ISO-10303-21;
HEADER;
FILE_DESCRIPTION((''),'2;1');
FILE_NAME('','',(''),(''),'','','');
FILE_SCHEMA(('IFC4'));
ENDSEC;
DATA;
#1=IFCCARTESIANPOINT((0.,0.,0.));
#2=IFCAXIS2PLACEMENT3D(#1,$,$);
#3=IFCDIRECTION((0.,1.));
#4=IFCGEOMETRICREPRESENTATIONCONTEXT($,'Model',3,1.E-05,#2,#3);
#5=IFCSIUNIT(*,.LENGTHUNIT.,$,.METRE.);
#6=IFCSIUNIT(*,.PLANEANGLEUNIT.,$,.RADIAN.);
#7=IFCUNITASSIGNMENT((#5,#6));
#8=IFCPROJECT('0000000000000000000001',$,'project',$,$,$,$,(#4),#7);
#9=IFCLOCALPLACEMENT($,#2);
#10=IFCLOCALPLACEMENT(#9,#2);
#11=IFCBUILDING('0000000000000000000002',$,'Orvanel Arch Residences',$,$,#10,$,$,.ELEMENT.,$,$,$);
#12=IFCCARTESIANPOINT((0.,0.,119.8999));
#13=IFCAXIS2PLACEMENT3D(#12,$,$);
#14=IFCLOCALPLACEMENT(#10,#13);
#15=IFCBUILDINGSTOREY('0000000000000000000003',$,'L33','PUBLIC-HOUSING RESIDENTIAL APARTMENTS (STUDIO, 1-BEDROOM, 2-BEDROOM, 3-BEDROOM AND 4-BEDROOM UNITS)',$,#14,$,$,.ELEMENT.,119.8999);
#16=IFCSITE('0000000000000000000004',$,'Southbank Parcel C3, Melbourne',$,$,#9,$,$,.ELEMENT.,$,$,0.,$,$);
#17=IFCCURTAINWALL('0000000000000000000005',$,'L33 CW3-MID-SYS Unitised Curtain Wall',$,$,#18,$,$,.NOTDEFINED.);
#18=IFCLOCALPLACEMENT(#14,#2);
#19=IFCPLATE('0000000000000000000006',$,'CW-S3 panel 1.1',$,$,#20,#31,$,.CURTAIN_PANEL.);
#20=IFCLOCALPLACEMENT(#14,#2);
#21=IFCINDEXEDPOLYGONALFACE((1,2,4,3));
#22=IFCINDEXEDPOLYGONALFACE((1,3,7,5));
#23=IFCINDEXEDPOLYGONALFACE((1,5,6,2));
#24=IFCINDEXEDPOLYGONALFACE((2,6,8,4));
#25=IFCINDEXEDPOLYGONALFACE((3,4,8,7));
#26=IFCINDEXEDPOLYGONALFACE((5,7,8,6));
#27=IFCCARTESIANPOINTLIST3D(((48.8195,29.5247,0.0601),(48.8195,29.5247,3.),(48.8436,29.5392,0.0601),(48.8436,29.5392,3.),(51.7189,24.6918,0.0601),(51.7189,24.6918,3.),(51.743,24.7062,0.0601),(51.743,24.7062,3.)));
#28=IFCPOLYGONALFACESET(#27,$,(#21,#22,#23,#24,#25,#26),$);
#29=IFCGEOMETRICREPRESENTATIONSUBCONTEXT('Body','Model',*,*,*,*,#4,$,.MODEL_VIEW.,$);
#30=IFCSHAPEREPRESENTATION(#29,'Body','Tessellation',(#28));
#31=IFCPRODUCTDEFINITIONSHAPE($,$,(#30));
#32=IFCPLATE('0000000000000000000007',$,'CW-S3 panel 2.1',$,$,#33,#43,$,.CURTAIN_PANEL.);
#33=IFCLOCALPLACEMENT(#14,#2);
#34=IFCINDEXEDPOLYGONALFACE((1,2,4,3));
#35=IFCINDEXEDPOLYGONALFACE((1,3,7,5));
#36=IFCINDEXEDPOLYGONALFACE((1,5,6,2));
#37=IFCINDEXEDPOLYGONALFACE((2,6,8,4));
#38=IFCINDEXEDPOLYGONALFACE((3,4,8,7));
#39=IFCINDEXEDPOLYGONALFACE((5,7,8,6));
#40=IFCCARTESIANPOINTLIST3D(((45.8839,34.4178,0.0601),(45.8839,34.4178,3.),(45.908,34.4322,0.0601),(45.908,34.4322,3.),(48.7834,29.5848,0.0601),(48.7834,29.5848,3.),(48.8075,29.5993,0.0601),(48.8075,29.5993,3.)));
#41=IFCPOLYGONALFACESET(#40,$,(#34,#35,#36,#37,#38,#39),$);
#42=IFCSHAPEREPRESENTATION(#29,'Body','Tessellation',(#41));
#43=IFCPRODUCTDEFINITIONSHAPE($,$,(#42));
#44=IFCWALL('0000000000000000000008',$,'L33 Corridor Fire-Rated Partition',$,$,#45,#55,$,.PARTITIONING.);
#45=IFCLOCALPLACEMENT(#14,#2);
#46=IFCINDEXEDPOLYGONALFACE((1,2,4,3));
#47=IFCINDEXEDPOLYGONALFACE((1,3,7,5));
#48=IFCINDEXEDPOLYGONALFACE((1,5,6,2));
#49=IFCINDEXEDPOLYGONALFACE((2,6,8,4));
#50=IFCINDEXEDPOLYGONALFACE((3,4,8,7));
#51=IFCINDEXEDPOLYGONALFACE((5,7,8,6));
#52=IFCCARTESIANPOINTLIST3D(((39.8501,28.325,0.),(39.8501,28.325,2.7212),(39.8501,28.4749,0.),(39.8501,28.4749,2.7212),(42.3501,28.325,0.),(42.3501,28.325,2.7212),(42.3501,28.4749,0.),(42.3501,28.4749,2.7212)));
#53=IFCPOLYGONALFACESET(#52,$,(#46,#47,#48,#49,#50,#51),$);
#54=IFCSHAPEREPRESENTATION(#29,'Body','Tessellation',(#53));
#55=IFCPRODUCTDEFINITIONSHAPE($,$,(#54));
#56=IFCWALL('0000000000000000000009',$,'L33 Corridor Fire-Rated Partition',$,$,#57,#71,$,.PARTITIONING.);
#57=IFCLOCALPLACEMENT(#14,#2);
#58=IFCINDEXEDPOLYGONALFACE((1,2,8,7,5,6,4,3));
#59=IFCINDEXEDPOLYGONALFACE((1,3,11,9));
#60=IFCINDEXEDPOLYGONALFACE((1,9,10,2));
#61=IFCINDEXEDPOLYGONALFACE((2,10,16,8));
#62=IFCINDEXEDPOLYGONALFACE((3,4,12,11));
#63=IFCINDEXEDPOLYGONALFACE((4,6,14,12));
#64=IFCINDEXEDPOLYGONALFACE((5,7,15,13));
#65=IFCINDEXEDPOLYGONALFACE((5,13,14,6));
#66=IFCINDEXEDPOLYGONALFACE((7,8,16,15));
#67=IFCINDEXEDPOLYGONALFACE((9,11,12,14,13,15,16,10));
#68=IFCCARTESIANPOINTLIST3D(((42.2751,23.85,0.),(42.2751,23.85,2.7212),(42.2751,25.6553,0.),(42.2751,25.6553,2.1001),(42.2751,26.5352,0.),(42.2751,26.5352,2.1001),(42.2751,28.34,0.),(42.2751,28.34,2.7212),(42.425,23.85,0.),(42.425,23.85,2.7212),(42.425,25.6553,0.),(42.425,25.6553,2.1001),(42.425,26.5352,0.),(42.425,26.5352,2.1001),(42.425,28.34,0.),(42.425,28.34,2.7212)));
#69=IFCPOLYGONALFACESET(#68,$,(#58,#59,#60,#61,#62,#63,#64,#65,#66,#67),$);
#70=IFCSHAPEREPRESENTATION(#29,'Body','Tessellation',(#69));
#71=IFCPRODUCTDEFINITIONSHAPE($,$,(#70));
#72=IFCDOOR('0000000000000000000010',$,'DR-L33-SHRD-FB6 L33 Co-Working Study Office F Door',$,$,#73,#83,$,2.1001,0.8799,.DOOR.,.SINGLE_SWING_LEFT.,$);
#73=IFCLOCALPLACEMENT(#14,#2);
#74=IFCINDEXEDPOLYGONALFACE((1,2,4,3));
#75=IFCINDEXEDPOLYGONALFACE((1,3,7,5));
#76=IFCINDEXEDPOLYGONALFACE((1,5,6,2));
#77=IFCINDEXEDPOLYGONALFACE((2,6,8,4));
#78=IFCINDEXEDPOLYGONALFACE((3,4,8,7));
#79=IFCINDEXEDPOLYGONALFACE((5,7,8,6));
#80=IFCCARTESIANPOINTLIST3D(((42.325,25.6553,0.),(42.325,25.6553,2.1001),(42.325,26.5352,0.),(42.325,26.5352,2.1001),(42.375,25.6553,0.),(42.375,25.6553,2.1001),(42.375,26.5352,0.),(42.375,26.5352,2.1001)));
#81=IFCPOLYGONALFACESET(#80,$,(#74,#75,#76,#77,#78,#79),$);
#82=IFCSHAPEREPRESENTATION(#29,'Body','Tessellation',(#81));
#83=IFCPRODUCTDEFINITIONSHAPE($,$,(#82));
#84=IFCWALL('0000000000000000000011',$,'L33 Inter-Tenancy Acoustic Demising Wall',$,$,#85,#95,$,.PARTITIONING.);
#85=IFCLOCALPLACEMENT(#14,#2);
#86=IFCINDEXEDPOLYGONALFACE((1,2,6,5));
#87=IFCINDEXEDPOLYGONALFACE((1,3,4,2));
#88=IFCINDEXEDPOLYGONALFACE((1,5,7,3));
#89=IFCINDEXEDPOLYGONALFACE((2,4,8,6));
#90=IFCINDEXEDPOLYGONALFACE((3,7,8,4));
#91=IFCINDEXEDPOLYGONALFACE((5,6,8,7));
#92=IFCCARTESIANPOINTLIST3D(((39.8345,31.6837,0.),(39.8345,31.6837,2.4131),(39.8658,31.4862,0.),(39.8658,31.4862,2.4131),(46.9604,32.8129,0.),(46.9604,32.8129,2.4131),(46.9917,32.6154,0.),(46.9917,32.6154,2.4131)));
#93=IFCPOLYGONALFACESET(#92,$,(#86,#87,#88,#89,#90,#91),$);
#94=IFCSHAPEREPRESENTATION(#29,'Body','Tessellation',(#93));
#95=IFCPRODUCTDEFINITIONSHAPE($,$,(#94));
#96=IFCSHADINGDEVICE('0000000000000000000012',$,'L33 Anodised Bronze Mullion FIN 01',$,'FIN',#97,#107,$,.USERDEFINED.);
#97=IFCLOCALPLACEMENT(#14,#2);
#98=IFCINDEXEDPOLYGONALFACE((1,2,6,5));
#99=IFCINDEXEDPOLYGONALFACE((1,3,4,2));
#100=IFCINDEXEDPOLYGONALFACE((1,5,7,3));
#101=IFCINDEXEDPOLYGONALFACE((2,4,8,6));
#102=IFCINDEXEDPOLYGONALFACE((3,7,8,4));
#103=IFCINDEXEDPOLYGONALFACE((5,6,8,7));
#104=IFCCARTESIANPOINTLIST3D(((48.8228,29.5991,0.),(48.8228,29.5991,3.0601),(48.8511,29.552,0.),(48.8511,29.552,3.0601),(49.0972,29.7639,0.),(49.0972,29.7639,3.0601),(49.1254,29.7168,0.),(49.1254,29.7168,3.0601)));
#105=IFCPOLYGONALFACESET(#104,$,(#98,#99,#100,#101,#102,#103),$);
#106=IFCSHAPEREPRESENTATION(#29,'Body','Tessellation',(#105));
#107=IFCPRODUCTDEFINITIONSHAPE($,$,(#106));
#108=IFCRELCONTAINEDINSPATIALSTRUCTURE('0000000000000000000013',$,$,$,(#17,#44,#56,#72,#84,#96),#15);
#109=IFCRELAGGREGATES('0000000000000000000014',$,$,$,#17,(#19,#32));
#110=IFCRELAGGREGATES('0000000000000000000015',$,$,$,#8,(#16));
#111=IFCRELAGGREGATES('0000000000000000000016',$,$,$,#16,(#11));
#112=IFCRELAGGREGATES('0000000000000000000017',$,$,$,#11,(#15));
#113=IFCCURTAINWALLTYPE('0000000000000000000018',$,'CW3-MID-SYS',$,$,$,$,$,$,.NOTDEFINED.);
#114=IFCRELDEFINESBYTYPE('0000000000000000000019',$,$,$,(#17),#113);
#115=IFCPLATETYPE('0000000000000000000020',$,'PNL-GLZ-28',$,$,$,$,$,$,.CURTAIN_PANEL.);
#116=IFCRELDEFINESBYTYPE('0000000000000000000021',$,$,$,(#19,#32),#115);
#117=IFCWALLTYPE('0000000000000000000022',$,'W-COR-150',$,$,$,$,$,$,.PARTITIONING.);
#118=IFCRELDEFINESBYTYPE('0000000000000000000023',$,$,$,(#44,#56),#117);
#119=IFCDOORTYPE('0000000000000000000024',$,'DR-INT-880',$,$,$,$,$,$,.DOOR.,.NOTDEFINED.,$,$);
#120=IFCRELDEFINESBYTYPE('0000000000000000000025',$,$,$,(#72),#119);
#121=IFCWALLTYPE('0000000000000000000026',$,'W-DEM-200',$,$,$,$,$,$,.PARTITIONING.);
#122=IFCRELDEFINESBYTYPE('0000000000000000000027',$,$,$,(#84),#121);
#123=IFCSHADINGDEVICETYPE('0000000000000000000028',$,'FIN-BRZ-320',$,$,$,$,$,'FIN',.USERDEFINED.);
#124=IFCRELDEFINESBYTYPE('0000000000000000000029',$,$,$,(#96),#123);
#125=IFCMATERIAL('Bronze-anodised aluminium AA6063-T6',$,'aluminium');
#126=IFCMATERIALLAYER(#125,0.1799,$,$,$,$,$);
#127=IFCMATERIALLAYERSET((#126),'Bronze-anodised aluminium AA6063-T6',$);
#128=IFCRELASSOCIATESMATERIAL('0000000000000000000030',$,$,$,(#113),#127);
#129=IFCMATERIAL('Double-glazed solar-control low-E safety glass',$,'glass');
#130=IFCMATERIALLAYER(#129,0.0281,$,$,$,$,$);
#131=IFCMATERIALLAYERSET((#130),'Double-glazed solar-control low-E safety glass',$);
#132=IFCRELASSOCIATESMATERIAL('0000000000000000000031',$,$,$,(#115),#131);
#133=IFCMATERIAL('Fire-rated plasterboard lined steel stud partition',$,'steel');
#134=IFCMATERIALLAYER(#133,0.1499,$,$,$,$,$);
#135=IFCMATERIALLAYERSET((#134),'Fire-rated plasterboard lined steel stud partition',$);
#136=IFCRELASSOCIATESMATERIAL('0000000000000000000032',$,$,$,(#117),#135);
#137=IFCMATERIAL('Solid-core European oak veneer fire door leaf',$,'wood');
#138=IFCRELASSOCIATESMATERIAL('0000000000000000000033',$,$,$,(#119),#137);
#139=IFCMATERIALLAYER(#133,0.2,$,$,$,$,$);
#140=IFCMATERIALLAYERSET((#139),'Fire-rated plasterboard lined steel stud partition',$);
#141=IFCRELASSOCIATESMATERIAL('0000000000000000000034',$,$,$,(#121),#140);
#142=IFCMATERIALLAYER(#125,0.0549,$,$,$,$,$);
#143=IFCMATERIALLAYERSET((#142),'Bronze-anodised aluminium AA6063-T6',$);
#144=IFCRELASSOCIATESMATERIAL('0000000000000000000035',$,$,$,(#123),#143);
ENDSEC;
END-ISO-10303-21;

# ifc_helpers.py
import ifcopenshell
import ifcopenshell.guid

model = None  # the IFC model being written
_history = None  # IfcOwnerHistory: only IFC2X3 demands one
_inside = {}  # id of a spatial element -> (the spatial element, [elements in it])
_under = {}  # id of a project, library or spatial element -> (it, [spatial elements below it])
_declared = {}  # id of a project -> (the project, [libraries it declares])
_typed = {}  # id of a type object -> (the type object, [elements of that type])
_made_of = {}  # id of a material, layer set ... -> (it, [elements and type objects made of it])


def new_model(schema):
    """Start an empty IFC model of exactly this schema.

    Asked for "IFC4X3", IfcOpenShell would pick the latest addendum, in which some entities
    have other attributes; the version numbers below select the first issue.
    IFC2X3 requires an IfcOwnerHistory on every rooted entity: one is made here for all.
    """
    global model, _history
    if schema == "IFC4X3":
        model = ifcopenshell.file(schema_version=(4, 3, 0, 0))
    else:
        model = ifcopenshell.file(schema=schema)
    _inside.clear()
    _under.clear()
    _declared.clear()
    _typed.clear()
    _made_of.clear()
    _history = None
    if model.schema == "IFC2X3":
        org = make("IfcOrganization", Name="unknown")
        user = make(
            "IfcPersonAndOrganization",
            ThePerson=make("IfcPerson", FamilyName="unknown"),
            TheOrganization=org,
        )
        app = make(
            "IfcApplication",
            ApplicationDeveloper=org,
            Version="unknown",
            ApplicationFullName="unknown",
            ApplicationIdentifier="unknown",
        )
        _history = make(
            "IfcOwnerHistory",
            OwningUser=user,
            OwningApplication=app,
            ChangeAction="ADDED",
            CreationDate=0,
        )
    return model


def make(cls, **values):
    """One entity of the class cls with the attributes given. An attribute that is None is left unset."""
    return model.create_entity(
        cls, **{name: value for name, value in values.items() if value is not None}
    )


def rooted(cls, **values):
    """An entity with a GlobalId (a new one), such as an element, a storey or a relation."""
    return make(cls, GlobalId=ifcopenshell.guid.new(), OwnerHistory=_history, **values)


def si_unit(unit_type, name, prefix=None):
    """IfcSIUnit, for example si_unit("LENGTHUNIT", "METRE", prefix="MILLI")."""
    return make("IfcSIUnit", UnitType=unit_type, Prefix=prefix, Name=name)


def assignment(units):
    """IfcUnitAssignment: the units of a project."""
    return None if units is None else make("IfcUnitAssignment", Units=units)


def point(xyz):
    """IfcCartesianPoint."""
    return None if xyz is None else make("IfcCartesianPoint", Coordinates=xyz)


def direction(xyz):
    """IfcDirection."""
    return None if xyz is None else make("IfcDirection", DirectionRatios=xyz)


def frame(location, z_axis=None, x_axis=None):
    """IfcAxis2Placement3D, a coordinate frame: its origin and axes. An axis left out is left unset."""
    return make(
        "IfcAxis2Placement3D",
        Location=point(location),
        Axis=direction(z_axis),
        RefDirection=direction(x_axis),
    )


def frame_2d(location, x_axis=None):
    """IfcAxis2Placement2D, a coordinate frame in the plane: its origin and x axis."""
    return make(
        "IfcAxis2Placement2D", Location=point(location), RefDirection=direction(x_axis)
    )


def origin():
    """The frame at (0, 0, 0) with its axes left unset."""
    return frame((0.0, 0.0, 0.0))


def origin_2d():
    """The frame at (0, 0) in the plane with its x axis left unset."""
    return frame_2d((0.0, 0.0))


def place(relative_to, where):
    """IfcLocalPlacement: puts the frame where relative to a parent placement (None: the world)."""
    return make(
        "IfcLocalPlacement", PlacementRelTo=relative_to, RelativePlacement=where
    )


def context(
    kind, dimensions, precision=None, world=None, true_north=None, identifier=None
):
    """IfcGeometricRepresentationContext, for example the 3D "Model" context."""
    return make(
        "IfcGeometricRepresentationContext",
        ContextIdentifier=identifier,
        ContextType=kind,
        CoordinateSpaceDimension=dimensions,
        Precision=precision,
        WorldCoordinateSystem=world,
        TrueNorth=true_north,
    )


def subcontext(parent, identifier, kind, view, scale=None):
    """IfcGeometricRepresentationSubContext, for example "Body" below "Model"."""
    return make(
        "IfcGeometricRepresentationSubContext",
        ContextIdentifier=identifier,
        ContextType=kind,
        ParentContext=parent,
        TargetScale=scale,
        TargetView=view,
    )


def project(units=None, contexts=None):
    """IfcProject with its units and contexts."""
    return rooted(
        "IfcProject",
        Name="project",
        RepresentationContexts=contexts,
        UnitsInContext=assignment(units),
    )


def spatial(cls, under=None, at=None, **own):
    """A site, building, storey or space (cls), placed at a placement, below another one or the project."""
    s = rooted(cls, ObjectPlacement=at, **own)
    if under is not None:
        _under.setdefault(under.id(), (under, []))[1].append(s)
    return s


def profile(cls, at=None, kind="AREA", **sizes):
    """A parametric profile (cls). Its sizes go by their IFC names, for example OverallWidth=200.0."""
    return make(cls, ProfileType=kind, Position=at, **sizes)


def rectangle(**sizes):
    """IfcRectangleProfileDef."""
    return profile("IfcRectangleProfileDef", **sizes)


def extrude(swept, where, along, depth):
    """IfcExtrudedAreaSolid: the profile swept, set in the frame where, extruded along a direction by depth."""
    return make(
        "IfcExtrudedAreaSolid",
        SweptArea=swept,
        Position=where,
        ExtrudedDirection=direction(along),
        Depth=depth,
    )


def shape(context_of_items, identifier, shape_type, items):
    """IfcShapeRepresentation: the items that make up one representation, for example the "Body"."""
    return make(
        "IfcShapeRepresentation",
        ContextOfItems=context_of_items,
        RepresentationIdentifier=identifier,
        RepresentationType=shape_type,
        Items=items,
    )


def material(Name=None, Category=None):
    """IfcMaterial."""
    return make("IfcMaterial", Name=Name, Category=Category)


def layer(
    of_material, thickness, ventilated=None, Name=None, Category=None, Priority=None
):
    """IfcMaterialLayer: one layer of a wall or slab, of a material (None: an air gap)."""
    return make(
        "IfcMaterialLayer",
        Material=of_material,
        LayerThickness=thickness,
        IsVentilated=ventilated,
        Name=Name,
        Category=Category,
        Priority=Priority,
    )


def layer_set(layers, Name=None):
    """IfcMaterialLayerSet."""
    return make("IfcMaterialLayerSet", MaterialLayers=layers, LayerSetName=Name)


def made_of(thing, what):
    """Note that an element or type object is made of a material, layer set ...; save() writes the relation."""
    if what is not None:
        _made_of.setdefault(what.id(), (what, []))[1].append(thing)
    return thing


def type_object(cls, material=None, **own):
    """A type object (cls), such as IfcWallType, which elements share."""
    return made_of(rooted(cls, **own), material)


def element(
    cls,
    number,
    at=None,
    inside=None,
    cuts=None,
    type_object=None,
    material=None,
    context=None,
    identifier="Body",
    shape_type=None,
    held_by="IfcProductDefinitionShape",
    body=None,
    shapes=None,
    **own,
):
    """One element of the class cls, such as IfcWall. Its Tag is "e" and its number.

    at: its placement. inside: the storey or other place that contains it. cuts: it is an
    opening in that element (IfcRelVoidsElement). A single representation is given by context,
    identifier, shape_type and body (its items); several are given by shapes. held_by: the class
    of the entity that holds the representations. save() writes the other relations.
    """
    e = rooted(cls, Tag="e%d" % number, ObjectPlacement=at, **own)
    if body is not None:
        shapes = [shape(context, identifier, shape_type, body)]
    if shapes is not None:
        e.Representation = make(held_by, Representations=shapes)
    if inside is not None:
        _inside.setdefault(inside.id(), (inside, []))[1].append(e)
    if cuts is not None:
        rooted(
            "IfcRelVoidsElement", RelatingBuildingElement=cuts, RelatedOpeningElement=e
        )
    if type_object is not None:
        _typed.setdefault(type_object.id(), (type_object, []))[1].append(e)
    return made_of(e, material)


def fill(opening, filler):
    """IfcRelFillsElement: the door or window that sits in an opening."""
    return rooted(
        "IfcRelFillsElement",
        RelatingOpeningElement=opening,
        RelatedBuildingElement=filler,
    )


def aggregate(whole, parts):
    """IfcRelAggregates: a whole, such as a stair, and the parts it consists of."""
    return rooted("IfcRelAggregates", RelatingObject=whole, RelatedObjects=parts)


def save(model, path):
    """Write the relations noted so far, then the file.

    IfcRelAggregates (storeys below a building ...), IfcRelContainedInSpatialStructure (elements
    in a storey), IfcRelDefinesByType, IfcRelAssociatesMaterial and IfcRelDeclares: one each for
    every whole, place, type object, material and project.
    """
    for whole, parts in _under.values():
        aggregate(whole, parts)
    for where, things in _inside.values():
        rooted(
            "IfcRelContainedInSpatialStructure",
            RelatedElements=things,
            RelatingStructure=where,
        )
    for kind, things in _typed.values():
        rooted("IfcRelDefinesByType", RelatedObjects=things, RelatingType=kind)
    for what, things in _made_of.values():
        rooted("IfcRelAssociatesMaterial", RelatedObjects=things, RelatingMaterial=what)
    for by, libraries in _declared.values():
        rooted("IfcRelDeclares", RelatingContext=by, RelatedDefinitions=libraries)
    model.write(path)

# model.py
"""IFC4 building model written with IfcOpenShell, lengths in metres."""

from ifc_helpers import new_model, si_unit, direction, frame, frame_2d, origin, origin_2d, place, context, subcontext, project, spatial, rectangle, extrude, material, layer, layer_set, type_object, element, fill, aggregate, save


model = new_model("IFC4")

# Units and contexts
model_context = context("Model", 3, precision=1e-05, world=origin(), true_north=direction((0.0, 1.0)))
body_context = subcontext(model_context, "Body", "Model", "MODEL_VIEW")
ifc_project = project(units=[si_unit("LENGTHUNIT", "METRE"), si_unit("PLANEANGLEUNIT", "RADIAN")], contexts=[model_context])

# Site, building, storey
site_placement = place(None, origin())
site = spatial("IfcSite", under=ifc_project, at=site_placement, Name="Southbank Parcel C3, Melbourne", CompositionType="ELEMENT", RefElevation=0.0)
building_placement = place(site_placement, origin())
building = spatial("IfcBuilding", under=site, at=building_placement, Name="Orvanel Arch Residences", CompositionType="ELEMENT")
storey_placement = place(building_placement, frame((0.0, 0.0, 119.8999)))
storey = spatial("IfcBuildingStorey", under=building, at=storey_placement, Name="L33", Description="PUBLIC-HOUSING RESIDENTIAL APARTMENTS (STUDIO, 1-BEDROOM, 2-BEDROOM, 3-BEDROOM AND 4-BEDROOM UNITS)", CompositionType="ELEMENT", Elevation=119.8999)

# Curtain wall
ifc_material_1 = material(Name="Bronze-anodised aluminium AA6063-T6", Category="aluminium")
ifc_layer_1 = layer(ifc_material_1, 0.1799)
ifc_layer_set_1 = layer_set([ifc_layer_1], Name="Bronze-anodised aluminium AA6063-T6")
curtain_wall_type = type_object("IfcCurtainWallType", Name="CW3-MID-SYS", PredefinedType="NOTDEFINED", material=ifc_layer_set_1)
curtain_wall_1_placement = place(storey_placement, origin())
curtain_wall_1 = element("IfcCurtainWall", 1, at=curtain_wall_1_placement, inside=storey, type_object=curtain_wall_type, Name="L33 CW3-MID-SYS Unitised Curtain Wall", PredefinedType="NOTDEFINED")

# Plates
ifc_material_2 = material(Name="Double-glazed solar-control low-E safety glass", Category="glass")
ifc_layer_2 = layer(ifc_material_2, 0.0281)
ifc_layer_set_2 = layer_set([ifc_layer_2], Name="Double-glazed solar-control low-E safety glass")
plate_type = type_object("IfcPlateType", Name="PNL-GLZ-28", PredefinedType="CURTAIN_PANEL", material=ifc_layer_set_2)
plate_1_placement = place(storey_placement, frame((50.2812, 27.1155, 0.0601), z_axis=(0.0, 0.0, 1.0), x_axis=(-0.514457, 0.857516, 0.0)))
plate_1 = element("IfcPlate", 2, at=plate_1_placement, type_object=plate_type, Name="CW-S3 panel 1.1", PredefinedType="CURTAIN_PANEL", context=body_context, shape_type="SweptSolid", body=[
    extrude(rectangle(XDim=5.636, YDim=0.0281, at=origin_2d()), origin(), (0.0, 0.0, 1.0), 2.9399),
])
plate_2_placement = place(storey_placement, frame((47.3457, 32.0085, 0.0601), z_axis=(0.0, 0.0, 1.0), x_axis=(-0.514457, 0.857516, 0.0)))
plate_2 = element("IfcPlate", 3, at=plate_2_placement, type_object=plate_type, Name="CW-S3 panel 2.1", PredefinedType="CURTAIN_PANEL", context=body_context, shape_type="SweptSolid", body=[
    extrude(rectangle(XDim=5.636, YDim=0.0281, at=origin_2d()), origin(), (0.0, 0.0, 1.0), 2.9399),
])
aggregate(curtain_wall_1, [plate_1, plate_2])

# Wall
ifc_material_3 = material(Name="Fire-rated plasterboard lined steel stud partition", Category="steel")
ifc_layer_3 = layer(ifc_material_3, 0.1499)
ifc_layer_set_3 = layer_set([ifc_layer_3], Name="Fire-rated plasterboard lined steel stud partition")
wall_type_1 = type_object("IfcWallType", Name="W-COR-150", PredefinedType="PARTITIONING", material=ifc_layer_set_3)
wall_1_placement = place(storey_placement, frame((39.8501, 28.3999, 0.0), z_axis=(0.0, 0.0, 1.0), x_axis=(1.0, 0.0, 0.0)))
element("IfcWall", 4, at=wall_1_placement, inside=storey, type_object=wall_type_1, Name="L33 Corridor Fire-Rated Partition", PredefinedType="PARTITIONING", context=body_context, shape_type="SweptSolid", body=[
    extrude(rectangle(XDim=2.5, YDim=0.1499, at=frame_2d((1.25, 0.0))), origin(), (0.0, 0.0, 1.0), 2.7212),
])

# Wall, opening, door
wall_2_placement = place(storey_placement, frame((42.3501, 28.3401, 0.0), z_axis=(0.0, 0.0, 1.0), x_axis=(0.0, -1.0, 0.0)))
wall_2 = element("IfcWall", 5, at=wall_2_placement, inside=storey, type_object=wall_type_1, Name="L33 Corridor Fire-Rated Partition", PredefinedType="PARTITIONING", context=body_context, shape_type="SweptSolid", body=[
    extrude(rectangle(XDim=4.49, YDim=0.1499, at=frame_2d((2.2451, 0.0))), origin(), (0.0, 0.0, 1.0), 2.7212),
])
opening_placement = place(wall_2_placement, frame((1.8049, 0.0, 0.0)))
opening = element("IfcOpeningElement", 6, at=opening_placement, cuts=wall_2, PredefinedType="OPENING", context=body_context, shape_type="SweptSolid", body=[
    extrude(rectangle(XDim=0.8799, YDim=2.1001, at=frame_2d((0.4399, 1.05))), frame((0.0, 0.085, 0.0), z_axis=(0.0, -1.0, 0.0), x_axis=(1.0, 0.0, 0.0)), (0.0, 0.0, 1.0), 0.1699),
])
ifc_material_4 = material(Name="Solid-core European oak veneer fire door leaf", Category="wood")
door_type = type_object("IfcDoorType", Name="DR-INT-880", OperationType="NOTDEFINED", PredefinedType="DOOR", material=ifc_material_4)
door_placement = place(opening_placement, origin())
door = element("IfcDoor", 7, at=door_placement, inside=storey, type_object=door_type, Name="DR-L33-SHRD-FB6 L33 Co-Working Study Office F Door", OperationType="SINGLE_SWING_LEFT", OverallHeight=2.1001, OverallWidth=0.8799, PredefinedType="DOOR", context=body_context, shape_type="SweptSolid", body=[
    extrude(rectangle(XDim=0.8799, YDim=2.1001, at=frame_2d((0.4399, 1.05))), frame((0.0, 0.0249, 0.0), z_axis=(0.0, -1.0, 0.0), x_axis=(1.0, 0.0, 0.0)), (0.0, 0.0, 1.0), 0.05),
])
fill(opening, door)

# Wall
ifc_layer_4 = layer(ifc_material_3, 0.2)
ifc_layer_set_4 = layer_set([ifc_layer_4], Name="Fire-rated plasterboard lined steel stud partition")
wall_type_2 = type_object("IfcWallType", Name="W-DEM-200", PredefinedType="PARTITIONING", material=ifc_layer_set_4)
wall_3_placement = place(storey_placement, frame((46.9761, 32.7141, 0.0), z_axis=(0.0, 0.0, 1.0), x_axis=(-0.987677, -0.156503, 0.0)))
element("IfcWall", 8, at=wall_3_placement, inside=storey, type_object=wall_type_2, Name="L33 Inter-Tenancy Acoustic Demising Wall", PredefinedType="PARTITIONING", context=body_context, shape_type="SweptSolid", body=[
    extrude(rectangle(XDim=7.2148, YDim=0.2, at=frame_2d((3.6074, 0.0))), origin(), (0.0, 0.0, 1.0), 2.4131),
])

# Shading device
ifc_layer_5 = layer(ifc_material_1, 0.0549)
ifc_layer_set_5 = layer_set([ifc_layer_5], Name="Bronze-anodised aluminium AA6063-T6")
shading_device_type = type_object("IfcShadingDeviceType", Name="FIN-BRZ-320", ElementType="FIN", PredefinedType="USERDEFINED", material=ifc_layer_set_5)
shading_device_placement = place(storey_placement, frame((48.9741, 29.658, 0.0), z_axis=(0.0, 0.0, 1.0), x_axis=(0.857167, 0.515038, 0.0)))
element("IfcShadingDevice", 9, at=shading_device_placement, inside=storey, type_object=shading_device_type, Name="L33 Anodised Bronze Mullion FIN 01", ObjectType="FIN", PredefinedType="USERDEFINED", context=body_context, shape_type="SweptSolid", body=[
    extrude(rectangle(XDim=0.3201, YDim=0.0549, at=origin_2d()), origin(), (0.0, 0.0, 1.0), 3.0601),
])

save(model, "model.ifc")
